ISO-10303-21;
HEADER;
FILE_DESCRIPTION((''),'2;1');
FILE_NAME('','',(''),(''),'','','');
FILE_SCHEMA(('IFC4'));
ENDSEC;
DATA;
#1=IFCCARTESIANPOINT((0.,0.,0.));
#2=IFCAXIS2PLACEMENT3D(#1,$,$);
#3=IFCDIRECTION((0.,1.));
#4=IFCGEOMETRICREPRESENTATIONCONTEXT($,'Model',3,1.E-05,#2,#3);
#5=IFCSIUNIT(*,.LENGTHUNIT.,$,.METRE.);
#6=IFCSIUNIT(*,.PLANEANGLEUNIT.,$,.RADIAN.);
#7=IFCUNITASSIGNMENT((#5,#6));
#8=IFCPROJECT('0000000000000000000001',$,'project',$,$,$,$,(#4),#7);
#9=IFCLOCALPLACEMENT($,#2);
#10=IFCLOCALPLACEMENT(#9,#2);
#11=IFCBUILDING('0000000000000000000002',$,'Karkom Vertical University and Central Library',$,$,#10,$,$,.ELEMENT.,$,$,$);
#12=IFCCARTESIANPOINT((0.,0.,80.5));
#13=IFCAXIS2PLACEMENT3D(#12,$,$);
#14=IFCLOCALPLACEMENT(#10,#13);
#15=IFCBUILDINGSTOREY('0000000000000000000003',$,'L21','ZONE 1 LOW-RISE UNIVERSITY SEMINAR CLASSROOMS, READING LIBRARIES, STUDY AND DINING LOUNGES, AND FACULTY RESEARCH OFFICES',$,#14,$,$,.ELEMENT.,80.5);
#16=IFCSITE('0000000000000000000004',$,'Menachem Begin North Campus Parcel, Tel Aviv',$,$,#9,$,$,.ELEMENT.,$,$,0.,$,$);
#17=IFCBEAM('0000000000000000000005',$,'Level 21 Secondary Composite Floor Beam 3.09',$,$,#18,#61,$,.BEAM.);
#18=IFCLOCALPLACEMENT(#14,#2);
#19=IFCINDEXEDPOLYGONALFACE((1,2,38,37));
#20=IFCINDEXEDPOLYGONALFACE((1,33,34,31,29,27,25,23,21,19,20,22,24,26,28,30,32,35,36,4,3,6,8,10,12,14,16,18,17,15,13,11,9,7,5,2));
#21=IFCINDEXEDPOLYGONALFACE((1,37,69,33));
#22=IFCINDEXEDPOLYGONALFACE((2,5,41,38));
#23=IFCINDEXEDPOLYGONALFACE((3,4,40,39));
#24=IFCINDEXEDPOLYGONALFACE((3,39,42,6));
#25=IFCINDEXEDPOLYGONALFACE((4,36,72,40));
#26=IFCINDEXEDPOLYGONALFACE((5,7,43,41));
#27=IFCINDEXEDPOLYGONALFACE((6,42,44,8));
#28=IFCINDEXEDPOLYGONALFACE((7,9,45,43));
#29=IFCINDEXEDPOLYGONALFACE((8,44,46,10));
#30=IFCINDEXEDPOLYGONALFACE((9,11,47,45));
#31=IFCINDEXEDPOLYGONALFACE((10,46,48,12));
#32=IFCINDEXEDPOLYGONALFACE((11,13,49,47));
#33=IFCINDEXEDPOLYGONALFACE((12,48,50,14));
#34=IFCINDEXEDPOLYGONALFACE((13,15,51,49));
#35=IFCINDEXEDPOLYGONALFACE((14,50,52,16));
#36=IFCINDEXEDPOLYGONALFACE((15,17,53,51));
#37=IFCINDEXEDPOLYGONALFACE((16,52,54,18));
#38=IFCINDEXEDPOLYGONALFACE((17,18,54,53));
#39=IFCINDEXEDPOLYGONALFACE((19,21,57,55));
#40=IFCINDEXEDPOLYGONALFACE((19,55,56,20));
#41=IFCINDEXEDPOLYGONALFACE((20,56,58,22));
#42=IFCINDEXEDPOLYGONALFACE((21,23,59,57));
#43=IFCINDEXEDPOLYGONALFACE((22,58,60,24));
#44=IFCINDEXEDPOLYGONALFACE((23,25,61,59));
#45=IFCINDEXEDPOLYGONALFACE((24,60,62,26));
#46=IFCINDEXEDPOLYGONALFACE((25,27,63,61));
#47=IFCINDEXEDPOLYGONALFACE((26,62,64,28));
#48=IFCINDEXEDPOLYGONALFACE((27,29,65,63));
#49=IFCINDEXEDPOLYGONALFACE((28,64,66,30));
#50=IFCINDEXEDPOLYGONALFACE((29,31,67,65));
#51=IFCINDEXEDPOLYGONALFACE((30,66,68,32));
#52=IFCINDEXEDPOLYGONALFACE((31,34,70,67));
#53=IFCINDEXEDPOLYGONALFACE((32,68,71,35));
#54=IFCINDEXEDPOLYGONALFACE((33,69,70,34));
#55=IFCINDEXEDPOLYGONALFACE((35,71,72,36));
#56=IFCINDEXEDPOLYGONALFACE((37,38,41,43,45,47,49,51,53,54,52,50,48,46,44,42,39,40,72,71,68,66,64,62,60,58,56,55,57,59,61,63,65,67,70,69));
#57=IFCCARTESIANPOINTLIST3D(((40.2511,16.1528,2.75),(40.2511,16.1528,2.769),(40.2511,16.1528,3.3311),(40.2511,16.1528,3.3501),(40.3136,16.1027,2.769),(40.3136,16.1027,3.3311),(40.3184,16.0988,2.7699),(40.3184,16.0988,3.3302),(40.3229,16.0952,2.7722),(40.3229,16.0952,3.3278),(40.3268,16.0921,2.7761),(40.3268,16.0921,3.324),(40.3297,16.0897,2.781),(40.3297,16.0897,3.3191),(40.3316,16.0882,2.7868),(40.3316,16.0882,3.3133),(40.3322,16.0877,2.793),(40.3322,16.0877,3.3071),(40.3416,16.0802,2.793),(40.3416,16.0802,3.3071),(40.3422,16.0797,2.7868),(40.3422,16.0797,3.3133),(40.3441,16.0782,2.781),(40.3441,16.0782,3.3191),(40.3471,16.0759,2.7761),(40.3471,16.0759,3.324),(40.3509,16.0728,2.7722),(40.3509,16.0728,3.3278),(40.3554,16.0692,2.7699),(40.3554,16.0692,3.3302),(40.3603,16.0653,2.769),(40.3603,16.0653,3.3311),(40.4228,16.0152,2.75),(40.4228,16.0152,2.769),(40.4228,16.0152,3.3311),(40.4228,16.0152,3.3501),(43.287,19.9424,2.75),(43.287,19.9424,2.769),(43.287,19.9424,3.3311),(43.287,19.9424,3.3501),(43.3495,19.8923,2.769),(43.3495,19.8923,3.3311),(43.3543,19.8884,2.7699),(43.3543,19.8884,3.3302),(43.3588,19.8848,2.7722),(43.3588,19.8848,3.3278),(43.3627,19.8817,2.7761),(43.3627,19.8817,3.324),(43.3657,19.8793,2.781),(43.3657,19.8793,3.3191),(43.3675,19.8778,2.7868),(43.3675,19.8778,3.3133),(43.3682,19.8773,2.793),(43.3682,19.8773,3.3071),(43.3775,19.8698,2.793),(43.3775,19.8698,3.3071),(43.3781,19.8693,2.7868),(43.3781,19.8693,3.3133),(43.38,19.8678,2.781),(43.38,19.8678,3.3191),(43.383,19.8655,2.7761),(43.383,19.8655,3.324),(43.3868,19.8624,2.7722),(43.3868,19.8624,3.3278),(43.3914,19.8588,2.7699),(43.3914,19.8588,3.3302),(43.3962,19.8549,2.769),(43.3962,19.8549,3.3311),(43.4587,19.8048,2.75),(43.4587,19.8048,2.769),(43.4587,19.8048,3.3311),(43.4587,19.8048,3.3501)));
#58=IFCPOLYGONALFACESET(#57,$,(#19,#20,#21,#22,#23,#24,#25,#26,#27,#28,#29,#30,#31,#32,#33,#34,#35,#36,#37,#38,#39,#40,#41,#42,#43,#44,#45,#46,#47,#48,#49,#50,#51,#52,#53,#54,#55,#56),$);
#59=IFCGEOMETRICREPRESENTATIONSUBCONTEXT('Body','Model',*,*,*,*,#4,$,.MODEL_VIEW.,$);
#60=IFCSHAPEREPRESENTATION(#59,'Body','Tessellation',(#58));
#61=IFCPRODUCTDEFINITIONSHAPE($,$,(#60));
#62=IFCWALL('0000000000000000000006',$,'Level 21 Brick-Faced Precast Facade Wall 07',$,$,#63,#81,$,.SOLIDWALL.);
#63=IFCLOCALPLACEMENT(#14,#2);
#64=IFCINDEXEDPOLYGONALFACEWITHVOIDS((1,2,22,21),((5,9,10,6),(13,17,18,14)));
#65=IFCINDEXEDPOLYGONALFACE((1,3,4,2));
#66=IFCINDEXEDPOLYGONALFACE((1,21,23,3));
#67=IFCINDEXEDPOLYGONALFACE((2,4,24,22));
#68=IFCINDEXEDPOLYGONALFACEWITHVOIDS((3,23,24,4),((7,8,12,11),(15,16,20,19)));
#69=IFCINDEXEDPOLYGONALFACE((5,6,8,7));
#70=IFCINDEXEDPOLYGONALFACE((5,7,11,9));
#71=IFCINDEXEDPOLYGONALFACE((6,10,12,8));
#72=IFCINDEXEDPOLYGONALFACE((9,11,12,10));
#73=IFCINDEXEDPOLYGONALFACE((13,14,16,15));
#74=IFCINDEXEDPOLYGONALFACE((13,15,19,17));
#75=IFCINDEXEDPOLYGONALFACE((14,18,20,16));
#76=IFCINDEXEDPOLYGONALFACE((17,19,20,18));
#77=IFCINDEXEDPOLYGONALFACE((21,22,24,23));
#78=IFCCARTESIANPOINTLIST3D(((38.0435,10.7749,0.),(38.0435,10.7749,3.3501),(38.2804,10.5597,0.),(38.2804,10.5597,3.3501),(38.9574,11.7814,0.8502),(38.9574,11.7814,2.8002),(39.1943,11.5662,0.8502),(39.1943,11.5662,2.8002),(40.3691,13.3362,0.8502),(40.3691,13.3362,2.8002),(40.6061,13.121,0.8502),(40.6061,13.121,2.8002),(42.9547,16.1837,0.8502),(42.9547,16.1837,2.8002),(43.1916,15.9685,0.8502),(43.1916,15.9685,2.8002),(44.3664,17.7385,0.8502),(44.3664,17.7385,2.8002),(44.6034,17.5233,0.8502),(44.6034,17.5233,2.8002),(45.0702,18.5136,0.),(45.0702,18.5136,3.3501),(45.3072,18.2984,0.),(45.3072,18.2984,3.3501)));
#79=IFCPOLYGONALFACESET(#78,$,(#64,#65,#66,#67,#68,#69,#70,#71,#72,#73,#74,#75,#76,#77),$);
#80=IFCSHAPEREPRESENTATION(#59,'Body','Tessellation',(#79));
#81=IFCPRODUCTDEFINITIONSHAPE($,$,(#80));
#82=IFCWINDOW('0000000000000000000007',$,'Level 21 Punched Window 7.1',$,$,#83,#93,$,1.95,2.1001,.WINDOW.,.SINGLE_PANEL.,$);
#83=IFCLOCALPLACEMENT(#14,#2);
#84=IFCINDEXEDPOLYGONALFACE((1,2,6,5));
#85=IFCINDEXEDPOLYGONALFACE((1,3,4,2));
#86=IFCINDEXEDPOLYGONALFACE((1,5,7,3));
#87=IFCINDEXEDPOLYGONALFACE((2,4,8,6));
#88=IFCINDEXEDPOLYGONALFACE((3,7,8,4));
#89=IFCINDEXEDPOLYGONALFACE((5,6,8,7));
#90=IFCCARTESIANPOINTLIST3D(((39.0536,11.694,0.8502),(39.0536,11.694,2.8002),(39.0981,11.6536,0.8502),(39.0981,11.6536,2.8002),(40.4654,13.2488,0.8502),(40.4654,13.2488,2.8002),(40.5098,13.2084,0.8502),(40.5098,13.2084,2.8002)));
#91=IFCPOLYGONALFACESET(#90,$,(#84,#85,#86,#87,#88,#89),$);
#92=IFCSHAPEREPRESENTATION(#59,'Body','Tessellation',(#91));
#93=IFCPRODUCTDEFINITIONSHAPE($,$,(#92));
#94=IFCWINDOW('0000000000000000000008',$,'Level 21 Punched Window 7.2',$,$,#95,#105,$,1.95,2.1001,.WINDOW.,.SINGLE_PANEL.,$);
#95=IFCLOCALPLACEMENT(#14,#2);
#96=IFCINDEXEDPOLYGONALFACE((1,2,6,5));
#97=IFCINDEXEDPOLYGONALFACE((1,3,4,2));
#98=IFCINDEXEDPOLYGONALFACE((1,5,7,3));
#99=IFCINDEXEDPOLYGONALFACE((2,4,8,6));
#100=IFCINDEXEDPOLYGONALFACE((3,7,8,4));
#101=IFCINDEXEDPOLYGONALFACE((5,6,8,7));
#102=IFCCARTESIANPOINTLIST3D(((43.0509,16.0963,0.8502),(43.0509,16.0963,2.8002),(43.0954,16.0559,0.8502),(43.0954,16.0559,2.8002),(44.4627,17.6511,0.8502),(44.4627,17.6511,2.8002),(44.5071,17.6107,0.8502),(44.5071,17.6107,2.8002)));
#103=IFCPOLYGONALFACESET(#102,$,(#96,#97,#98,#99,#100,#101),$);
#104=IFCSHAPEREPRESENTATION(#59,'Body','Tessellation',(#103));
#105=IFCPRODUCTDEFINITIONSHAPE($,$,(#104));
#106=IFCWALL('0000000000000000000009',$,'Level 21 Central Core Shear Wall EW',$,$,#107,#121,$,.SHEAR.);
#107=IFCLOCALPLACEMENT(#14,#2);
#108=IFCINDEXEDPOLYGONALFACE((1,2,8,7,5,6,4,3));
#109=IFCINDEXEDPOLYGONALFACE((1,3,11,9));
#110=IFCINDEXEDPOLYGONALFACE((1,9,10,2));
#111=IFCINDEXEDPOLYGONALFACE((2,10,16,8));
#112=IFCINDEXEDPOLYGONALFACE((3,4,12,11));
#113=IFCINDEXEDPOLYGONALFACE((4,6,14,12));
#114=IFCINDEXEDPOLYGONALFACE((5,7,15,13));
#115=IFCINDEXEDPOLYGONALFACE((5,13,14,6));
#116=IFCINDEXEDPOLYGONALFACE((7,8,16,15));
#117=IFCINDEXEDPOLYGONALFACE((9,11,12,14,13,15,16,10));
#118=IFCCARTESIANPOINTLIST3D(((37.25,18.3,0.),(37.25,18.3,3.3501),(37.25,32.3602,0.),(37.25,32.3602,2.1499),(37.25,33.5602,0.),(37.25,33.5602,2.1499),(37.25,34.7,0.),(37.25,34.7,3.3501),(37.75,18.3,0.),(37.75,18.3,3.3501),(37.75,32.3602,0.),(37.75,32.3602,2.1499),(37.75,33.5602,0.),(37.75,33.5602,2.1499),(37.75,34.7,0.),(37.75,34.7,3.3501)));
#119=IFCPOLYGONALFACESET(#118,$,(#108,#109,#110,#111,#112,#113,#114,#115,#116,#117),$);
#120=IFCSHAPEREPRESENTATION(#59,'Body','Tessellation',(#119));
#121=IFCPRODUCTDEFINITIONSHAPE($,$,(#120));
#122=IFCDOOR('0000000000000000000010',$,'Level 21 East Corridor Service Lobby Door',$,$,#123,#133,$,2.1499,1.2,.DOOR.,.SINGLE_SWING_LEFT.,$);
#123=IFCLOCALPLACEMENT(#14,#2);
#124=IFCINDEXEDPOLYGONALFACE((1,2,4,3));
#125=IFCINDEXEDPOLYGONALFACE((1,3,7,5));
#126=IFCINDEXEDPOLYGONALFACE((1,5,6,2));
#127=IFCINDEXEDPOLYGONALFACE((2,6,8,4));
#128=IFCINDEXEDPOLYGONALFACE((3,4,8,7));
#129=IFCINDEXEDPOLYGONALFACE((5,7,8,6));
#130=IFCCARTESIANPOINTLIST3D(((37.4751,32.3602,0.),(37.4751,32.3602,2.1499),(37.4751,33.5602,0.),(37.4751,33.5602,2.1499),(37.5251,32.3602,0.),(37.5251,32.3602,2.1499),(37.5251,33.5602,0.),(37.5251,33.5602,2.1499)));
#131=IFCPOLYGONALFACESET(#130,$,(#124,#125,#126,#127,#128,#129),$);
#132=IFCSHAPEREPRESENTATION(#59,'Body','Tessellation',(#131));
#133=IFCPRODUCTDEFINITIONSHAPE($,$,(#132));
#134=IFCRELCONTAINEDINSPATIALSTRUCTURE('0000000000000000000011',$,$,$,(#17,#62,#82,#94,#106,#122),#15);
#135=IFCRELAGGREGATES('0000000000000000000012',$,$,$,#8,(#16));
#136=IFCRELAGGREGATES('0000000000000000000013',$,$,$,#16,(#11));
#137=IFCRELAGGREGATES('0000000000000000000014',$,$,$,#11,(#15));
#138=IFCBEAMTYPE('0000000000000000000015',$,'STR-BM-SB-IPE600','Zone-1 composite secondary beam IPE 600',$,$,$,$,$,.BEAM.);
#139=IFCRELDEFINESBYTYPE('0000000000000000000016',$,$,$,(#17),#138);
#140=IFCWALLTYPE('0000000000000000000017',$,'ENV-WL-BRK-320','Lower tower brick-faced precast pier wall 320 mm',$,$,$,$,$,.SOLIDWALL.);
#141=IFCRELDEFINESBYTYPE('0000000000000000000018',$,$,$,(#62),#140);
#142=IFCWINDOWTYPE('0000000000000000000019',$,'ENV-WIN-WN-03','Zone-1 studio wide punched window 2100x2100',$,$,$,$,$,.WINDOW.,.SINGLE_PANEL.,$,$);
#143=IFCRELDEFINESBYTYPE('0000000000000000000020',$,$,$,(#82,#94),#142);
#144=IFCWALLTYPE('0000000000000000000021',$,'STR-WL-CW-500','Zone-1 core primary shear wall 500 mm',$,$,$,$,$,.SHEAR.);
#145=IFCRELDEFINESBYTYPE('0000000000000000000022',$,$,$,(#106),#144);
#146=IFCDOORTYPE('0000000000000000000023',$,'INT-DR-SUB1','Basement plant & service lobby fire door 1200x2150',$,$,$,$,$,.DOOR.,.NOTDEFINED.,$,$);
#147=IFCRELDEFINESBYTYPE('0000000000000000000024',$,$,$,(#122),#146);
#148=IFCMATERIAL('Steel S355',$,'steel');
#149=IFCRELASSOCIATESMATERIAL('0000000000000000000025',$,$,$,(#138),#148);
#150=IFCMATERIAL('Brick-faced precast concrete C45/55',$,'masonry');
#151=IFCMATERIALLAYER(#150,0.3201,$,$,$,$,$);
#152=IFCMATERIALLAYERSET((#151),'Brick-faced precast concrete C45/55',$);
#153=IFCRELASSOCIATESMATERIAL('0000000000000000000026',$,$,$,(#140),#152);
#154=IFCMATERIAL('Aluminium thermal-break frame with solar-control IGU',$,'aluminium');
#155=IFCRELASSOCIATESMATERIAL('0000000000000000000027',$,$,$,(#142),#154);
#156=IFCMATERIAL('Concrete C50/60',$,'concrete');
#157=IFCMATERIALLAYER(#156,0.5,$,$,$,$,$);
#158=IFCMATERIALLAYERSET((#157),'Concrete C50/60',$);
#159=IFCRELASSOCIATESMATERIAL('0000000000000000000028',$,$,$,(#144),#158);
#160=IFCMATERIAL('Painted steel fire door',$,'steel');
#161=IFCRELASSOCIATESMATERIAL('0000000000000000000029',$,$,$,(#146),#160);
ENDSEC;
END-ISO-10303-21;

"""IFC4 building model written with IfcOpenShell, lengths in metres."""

from ifc_helpers import new_model, si_unit, direction, frame, frame_2d, origin, origin_with_axes, origin_2d, place, context, subcontext, project, spatial, rectangle, i_section, extrude, source, transform, mapped, material, layer, layer_set, material_profile, profile_set, type_object, element, fill, save


model = new_model("IFC4")

# Units and contexts
model_context = context("Model", 3, precision=1e-05, world=origin(), true_north=direction((0.0, 1.0)))
body_context = subcontext(model_context, "Body", "Model", "MODEL_VIEW")
ifc_project = project(units=[si_unit("LENGTHUNIT", "METRE"), si_unit("PLANEANGLEUNIT", "RADIAN")], contexts=[model_context])

# Site, building, storey
site_placement = place(None, origin())
site = spatial("IfcSite", under=ifc_project, at=site_placement, Name="Menachem Begin North Campus Parcel, Tel Aviv", CompositionType="ELEMENT", RefElevation=0.0)
building_placement = place(site_placement, origin())
building = spatial("IfcBuilding", under=site, at=building_placement, Name="Karkom Vertical University and Central Library", CompositionType="ELEMENT")
storey_placement = place(building_placement, frame((0.0, 0.0, 80.5)))
storey = spatial("IfcBuildingStorey", under=building, at=storey_placement, Name="L21", Description="ZONE 1 LOW-RISE UNIVERSITY SEMINAR CLASSROOMS, READING LIBRARIES, STUDY AND DINING LOUNGES, AND FACULTY RESEARCH OFFICES", CompositionType="ELEMENT", Elevation=80.5)

# Shared definitions
ifc_material_1 = material(Name="Concrete C50/60", Category="concrete")

# Beam
ifc_material_2 = material(Name="Steel S355", Category="steel")
ifc_material_profile_1 = material_profile(ifc_material_2, i_section(OverallWidth=0.22, OverallDepth=0.6001, WebThickness=0.012, FlangeThickness=0.019, FilletRadius=0.0239, at=origin_2d()), Name="IPE 600")
ifc_profile_set_1 = profile_set([ifc_material_profile_1], Name="Steel S355")
beam_type_1 = type_object("IfcBeamType", Name="STR-BM-SB-IPE600", Description="Zone-1 composite secondary beam IPE 600", PredefinedType="BEAM", material=ifc_profile_set_1)
shared_shape_1 = source(origin_with_axes(), body_context, "Body", "SweptSolid", [
    extrude(i_section(OverallWidth=0.22, OverallDepth=0.6001, WebThickness=0.012, FlangeThickness=0.019, FilletRadius=0.0239, at=origin_2d()), origin(), (0.0, 0.0, 1.0), 4.8557),
])
beam_1_placement = place(storey_placement, frame((40.3369, 16.084, 3.05), z_axis=(0.625228, 0.780442, 0.0), x_axis=(-0.780442, 0.625228, 0.0)))
element("IfcBeam", 1, at=beam_1_placement, inside=storey, type_object=beam_type_1, Name="Level 21 Secondary Composite Floor Beam 3.09", PredefinedType="BEAM", context=body_context, shape_type="MappedRepresentation", body=[
    mapped(shared_shape_1, transform((0.0, 0.0, 0.0), scale=1.0)),
])

# Wall, openings, windows
ifc_material_3 = material(Name="Brick-faced precast concrete C45/55", Category="masonry")
ifc_layer_1 = layer(ifc_material_3, 0.3201)
ifc_layer_set_1 = layer_set([ifc_layer_1], Name="Brick-faced precast concrete C45/55")
wall_type_1 = type_object("IfcWallType", Name="ENV-WL-BRK-320", Description="Lower tower brick-faced precast pier wall 320 mm", PredefinedType="SOLIDWALL", material=ifc_layer_set_1)
wall_1_placement = place(storey_placement, frame((38.1619, 10.6672, 0.0), z_axis=(0.0, 0.0, 1.0), x_axis=(0.672233, 0.740339, 0.0)))
wall_1 = element("IfcWall", 2, at=wall_1_placement, inside=storey, type_object=wall_type_1, Name="Level 21 Brick-Faced Precast Facade Wall 07", PredefinedType="SOLIDWALL", context=body_context, shape_type="SweptSolid", body=[
    extrude(rectangle(XDim=10.4529, YDim=0.3201, at=frame_2d((5.2266, 0.0))), origin(), (0.0, 0.0, 1.0), 3.3501),
])
opening_1_placement = place(wall_1_placement, frame((1.3596, 0.0, 0.8501)))
opening_1 = element("IfcOpeningElement", 3, at=opening_1_placement, cuts=wall_1, PredefinedType="OPENING", context=body_context, shape_type="SweptSolid", body=[
    extrude(rectangle(XDim=2.1001, YDim=1.95, at=frame_2d((1.05, 0.9751))), frame((0.0, 0.1699, 0.0), z_axis=(0.0, -1.0, 0.0), x_axis=(1.0, 0.0, 0.0)), (0.0, 0.0, 1.0), 0.3401),
])
opening_2_placement = place(wall_1_placement, frame((7.3059, 0.0, 0.8501)))
opening_2 = element("IfcOpeningElement", 4, at=opening_2_placement, cuts=wall_1, PredefinedType="OPENING", context=body_context, shape_type="SweptSolid", body=[
    extrude(rectangle(XDim=2.1001, YDim=1.95, at=frame_2d((1.05, 0.9751))), frame((0.0, 0.1699, 0.0), z_axis=(0.0, -1.0, 0.0), x_axis=(1.0, 0.0, 0.0)), (0.0, 0.0, 1.0), 0.3401),
])
ifc_material_4 = material(Name="Aluminium thermal-break frame with solar-control IGU", Category="aluminium")
window_type = type_object("IfcWindowType", Name="ENV-WIN-WN-03", Description="Zone-1 studio wide punched window 2100x2100", PartitioningType="SINGLE_PANEL", PredefinedType="WINDOW", material=ifc_material_4)
shared_shape_2 = source(origin_with_axes(), body_context, "Body", "SweptSolid", [
    extrude(rectangle(XDim=2.1001, YDim=1.95, at=frame_2d((1.05, 0.9751))), frame((0.0, 0.03, 0.0), z_axis=(0.0, -1.0, 0.0), x_axis=(1.0, 0.0, 0.0)), (0.0, 0.0, 1.0), 0.0601),
])
window_1_placement = place(opening_1_placement, origin())
window_1 = element("IfcWindow", 5, at=window_1_placement, inside=storey, type_object=window_type, Name="Level 21 Punched Window 7.1", OverallHeight=1.95, OverallWidth=2.1001, PartitioningType="SINGLE_PANEL", PredefinedType="WINDOW", context=body_context, shape_type="MappedRepresentation", body=[
    mapped(shared_shape_2, transform((0.0, 0.0, 0.0), scale=1.0)),
])
fill(opening_1, window_1)
window_2_placement = place(opening_2_placement, origin())
window_2 = element("IfcWindow", 6, at=window_2_placement, inside=storey, type_object=window_type, Name="Level 21 Punched Window 7.2", OverallHeight=1.95, OverallWidth=2.1001, PartitioningType="SINGLE_PANEL", PredefinedType="WINDOW", context=body_context, shape_type="MappedRepresentation", body=[
    mapped(shared_shape_2, transform((0.0, 0.0, 0.0), scale=1.0)),
])
fill(opening_2, window_2)

# Wall, opening, door
ifc_layer_2 = layer(ifc_material_1, 0.5)
ifc_layer_set_2 = layer_set([ifc_layer_2], Name="Concrete C50/60")
wall_type_2 = type_object("IfcWallType", Name="STR-WL-CW-500", Description="Zone-1 core primary shear wall 500 mm", PredefinedType="SHEAR", material=ifc_layer_set_2)
wall_2_placement = place(storey_placement, frame((37.5, 18.3, 0.0), z_axis=(0.0, 0.0, 1.0), x_axis=(0.0, 1.0, 0.0)))
wall_2 = element("IfcWall", 7, at=wall_2_placement, inside=storey, type_object=wall_type_2, Name="Level 21 Central Core Shear Wall EW", PredefinedType="SHEAR", context=body_context, shape_type="SweptSolid", body=[
    extrude(rectangle(XDim=16.3999, YDim=0.5, at=frame_2d((8.2, 0.0))), origin(), (0.0, 0.0, 1.0), 3.3501),
])
opening_3_placement = place(wall_2_placement, frame((14.0601, 0.0, 0.0)))
opening_3 = element("IfcOpeningElement", 8, at=opening_3_placement, cuts=wall_2, PredefinedType="OPENING", context=body_context, shape_type="SweptSolid", body=[
    extrude(rectangle(XDim=1.2, YDim=2.1499, at=frame_2d((0.6001, 1.075))), frame((0.0, 0.26, 0.0), z_axis=(0.0, -1.0, 0.0), x_axis=(1.0, 0.0, 0.0)), (0.0, 0.0, 1.0), 0.52),
])
ifc_material_5 = material(Name="Painted steel fire door", Category="steel")
door_type_1 = type_object("IfcDoorType", Name="INT-DR-SUB1", Description="Basement plant & service lobby fire door 1200x2150", OperationType="NOTDEFINED", PredefinedType="DOOR", material=ifc_material_5)
shared_shape_3 = source(origin_with_axes(), body_context, "Body", "SweptSolid", [
    extrude(rectangle(XDim=1.2, YDim=2.1499, at=frame_2d((0.6001, 1.075))), frame((0.0, 0.0249, 0.0), z_axis=(0.0, -1.0, 0.0), x_axis=(1.0, 0.0, 0.0)), (0.0, 0.0, 1.0), 0.05),
])
door_1_placement = place(opening_3_placement, origin())
door_1 = element("IfcDoor", 9, at=door_1_placement, inside=storey, type_object=door_type_1, Name="Level 21 East Corridor Service Lobby Door", OperationType="SINGLE_SWING_LEFT", OverallHeight=2.1499, OverallWidth=1.2, PredefinedType="DOOR", context=body_context, shape_type="MappedRepresentation", body=[
    mapped(shared_shape_3, transform((0.0, 0.0, 0.0), scale=1.0)),
])
fill(opening_3, door_1)

save(model, "model.ifc")
